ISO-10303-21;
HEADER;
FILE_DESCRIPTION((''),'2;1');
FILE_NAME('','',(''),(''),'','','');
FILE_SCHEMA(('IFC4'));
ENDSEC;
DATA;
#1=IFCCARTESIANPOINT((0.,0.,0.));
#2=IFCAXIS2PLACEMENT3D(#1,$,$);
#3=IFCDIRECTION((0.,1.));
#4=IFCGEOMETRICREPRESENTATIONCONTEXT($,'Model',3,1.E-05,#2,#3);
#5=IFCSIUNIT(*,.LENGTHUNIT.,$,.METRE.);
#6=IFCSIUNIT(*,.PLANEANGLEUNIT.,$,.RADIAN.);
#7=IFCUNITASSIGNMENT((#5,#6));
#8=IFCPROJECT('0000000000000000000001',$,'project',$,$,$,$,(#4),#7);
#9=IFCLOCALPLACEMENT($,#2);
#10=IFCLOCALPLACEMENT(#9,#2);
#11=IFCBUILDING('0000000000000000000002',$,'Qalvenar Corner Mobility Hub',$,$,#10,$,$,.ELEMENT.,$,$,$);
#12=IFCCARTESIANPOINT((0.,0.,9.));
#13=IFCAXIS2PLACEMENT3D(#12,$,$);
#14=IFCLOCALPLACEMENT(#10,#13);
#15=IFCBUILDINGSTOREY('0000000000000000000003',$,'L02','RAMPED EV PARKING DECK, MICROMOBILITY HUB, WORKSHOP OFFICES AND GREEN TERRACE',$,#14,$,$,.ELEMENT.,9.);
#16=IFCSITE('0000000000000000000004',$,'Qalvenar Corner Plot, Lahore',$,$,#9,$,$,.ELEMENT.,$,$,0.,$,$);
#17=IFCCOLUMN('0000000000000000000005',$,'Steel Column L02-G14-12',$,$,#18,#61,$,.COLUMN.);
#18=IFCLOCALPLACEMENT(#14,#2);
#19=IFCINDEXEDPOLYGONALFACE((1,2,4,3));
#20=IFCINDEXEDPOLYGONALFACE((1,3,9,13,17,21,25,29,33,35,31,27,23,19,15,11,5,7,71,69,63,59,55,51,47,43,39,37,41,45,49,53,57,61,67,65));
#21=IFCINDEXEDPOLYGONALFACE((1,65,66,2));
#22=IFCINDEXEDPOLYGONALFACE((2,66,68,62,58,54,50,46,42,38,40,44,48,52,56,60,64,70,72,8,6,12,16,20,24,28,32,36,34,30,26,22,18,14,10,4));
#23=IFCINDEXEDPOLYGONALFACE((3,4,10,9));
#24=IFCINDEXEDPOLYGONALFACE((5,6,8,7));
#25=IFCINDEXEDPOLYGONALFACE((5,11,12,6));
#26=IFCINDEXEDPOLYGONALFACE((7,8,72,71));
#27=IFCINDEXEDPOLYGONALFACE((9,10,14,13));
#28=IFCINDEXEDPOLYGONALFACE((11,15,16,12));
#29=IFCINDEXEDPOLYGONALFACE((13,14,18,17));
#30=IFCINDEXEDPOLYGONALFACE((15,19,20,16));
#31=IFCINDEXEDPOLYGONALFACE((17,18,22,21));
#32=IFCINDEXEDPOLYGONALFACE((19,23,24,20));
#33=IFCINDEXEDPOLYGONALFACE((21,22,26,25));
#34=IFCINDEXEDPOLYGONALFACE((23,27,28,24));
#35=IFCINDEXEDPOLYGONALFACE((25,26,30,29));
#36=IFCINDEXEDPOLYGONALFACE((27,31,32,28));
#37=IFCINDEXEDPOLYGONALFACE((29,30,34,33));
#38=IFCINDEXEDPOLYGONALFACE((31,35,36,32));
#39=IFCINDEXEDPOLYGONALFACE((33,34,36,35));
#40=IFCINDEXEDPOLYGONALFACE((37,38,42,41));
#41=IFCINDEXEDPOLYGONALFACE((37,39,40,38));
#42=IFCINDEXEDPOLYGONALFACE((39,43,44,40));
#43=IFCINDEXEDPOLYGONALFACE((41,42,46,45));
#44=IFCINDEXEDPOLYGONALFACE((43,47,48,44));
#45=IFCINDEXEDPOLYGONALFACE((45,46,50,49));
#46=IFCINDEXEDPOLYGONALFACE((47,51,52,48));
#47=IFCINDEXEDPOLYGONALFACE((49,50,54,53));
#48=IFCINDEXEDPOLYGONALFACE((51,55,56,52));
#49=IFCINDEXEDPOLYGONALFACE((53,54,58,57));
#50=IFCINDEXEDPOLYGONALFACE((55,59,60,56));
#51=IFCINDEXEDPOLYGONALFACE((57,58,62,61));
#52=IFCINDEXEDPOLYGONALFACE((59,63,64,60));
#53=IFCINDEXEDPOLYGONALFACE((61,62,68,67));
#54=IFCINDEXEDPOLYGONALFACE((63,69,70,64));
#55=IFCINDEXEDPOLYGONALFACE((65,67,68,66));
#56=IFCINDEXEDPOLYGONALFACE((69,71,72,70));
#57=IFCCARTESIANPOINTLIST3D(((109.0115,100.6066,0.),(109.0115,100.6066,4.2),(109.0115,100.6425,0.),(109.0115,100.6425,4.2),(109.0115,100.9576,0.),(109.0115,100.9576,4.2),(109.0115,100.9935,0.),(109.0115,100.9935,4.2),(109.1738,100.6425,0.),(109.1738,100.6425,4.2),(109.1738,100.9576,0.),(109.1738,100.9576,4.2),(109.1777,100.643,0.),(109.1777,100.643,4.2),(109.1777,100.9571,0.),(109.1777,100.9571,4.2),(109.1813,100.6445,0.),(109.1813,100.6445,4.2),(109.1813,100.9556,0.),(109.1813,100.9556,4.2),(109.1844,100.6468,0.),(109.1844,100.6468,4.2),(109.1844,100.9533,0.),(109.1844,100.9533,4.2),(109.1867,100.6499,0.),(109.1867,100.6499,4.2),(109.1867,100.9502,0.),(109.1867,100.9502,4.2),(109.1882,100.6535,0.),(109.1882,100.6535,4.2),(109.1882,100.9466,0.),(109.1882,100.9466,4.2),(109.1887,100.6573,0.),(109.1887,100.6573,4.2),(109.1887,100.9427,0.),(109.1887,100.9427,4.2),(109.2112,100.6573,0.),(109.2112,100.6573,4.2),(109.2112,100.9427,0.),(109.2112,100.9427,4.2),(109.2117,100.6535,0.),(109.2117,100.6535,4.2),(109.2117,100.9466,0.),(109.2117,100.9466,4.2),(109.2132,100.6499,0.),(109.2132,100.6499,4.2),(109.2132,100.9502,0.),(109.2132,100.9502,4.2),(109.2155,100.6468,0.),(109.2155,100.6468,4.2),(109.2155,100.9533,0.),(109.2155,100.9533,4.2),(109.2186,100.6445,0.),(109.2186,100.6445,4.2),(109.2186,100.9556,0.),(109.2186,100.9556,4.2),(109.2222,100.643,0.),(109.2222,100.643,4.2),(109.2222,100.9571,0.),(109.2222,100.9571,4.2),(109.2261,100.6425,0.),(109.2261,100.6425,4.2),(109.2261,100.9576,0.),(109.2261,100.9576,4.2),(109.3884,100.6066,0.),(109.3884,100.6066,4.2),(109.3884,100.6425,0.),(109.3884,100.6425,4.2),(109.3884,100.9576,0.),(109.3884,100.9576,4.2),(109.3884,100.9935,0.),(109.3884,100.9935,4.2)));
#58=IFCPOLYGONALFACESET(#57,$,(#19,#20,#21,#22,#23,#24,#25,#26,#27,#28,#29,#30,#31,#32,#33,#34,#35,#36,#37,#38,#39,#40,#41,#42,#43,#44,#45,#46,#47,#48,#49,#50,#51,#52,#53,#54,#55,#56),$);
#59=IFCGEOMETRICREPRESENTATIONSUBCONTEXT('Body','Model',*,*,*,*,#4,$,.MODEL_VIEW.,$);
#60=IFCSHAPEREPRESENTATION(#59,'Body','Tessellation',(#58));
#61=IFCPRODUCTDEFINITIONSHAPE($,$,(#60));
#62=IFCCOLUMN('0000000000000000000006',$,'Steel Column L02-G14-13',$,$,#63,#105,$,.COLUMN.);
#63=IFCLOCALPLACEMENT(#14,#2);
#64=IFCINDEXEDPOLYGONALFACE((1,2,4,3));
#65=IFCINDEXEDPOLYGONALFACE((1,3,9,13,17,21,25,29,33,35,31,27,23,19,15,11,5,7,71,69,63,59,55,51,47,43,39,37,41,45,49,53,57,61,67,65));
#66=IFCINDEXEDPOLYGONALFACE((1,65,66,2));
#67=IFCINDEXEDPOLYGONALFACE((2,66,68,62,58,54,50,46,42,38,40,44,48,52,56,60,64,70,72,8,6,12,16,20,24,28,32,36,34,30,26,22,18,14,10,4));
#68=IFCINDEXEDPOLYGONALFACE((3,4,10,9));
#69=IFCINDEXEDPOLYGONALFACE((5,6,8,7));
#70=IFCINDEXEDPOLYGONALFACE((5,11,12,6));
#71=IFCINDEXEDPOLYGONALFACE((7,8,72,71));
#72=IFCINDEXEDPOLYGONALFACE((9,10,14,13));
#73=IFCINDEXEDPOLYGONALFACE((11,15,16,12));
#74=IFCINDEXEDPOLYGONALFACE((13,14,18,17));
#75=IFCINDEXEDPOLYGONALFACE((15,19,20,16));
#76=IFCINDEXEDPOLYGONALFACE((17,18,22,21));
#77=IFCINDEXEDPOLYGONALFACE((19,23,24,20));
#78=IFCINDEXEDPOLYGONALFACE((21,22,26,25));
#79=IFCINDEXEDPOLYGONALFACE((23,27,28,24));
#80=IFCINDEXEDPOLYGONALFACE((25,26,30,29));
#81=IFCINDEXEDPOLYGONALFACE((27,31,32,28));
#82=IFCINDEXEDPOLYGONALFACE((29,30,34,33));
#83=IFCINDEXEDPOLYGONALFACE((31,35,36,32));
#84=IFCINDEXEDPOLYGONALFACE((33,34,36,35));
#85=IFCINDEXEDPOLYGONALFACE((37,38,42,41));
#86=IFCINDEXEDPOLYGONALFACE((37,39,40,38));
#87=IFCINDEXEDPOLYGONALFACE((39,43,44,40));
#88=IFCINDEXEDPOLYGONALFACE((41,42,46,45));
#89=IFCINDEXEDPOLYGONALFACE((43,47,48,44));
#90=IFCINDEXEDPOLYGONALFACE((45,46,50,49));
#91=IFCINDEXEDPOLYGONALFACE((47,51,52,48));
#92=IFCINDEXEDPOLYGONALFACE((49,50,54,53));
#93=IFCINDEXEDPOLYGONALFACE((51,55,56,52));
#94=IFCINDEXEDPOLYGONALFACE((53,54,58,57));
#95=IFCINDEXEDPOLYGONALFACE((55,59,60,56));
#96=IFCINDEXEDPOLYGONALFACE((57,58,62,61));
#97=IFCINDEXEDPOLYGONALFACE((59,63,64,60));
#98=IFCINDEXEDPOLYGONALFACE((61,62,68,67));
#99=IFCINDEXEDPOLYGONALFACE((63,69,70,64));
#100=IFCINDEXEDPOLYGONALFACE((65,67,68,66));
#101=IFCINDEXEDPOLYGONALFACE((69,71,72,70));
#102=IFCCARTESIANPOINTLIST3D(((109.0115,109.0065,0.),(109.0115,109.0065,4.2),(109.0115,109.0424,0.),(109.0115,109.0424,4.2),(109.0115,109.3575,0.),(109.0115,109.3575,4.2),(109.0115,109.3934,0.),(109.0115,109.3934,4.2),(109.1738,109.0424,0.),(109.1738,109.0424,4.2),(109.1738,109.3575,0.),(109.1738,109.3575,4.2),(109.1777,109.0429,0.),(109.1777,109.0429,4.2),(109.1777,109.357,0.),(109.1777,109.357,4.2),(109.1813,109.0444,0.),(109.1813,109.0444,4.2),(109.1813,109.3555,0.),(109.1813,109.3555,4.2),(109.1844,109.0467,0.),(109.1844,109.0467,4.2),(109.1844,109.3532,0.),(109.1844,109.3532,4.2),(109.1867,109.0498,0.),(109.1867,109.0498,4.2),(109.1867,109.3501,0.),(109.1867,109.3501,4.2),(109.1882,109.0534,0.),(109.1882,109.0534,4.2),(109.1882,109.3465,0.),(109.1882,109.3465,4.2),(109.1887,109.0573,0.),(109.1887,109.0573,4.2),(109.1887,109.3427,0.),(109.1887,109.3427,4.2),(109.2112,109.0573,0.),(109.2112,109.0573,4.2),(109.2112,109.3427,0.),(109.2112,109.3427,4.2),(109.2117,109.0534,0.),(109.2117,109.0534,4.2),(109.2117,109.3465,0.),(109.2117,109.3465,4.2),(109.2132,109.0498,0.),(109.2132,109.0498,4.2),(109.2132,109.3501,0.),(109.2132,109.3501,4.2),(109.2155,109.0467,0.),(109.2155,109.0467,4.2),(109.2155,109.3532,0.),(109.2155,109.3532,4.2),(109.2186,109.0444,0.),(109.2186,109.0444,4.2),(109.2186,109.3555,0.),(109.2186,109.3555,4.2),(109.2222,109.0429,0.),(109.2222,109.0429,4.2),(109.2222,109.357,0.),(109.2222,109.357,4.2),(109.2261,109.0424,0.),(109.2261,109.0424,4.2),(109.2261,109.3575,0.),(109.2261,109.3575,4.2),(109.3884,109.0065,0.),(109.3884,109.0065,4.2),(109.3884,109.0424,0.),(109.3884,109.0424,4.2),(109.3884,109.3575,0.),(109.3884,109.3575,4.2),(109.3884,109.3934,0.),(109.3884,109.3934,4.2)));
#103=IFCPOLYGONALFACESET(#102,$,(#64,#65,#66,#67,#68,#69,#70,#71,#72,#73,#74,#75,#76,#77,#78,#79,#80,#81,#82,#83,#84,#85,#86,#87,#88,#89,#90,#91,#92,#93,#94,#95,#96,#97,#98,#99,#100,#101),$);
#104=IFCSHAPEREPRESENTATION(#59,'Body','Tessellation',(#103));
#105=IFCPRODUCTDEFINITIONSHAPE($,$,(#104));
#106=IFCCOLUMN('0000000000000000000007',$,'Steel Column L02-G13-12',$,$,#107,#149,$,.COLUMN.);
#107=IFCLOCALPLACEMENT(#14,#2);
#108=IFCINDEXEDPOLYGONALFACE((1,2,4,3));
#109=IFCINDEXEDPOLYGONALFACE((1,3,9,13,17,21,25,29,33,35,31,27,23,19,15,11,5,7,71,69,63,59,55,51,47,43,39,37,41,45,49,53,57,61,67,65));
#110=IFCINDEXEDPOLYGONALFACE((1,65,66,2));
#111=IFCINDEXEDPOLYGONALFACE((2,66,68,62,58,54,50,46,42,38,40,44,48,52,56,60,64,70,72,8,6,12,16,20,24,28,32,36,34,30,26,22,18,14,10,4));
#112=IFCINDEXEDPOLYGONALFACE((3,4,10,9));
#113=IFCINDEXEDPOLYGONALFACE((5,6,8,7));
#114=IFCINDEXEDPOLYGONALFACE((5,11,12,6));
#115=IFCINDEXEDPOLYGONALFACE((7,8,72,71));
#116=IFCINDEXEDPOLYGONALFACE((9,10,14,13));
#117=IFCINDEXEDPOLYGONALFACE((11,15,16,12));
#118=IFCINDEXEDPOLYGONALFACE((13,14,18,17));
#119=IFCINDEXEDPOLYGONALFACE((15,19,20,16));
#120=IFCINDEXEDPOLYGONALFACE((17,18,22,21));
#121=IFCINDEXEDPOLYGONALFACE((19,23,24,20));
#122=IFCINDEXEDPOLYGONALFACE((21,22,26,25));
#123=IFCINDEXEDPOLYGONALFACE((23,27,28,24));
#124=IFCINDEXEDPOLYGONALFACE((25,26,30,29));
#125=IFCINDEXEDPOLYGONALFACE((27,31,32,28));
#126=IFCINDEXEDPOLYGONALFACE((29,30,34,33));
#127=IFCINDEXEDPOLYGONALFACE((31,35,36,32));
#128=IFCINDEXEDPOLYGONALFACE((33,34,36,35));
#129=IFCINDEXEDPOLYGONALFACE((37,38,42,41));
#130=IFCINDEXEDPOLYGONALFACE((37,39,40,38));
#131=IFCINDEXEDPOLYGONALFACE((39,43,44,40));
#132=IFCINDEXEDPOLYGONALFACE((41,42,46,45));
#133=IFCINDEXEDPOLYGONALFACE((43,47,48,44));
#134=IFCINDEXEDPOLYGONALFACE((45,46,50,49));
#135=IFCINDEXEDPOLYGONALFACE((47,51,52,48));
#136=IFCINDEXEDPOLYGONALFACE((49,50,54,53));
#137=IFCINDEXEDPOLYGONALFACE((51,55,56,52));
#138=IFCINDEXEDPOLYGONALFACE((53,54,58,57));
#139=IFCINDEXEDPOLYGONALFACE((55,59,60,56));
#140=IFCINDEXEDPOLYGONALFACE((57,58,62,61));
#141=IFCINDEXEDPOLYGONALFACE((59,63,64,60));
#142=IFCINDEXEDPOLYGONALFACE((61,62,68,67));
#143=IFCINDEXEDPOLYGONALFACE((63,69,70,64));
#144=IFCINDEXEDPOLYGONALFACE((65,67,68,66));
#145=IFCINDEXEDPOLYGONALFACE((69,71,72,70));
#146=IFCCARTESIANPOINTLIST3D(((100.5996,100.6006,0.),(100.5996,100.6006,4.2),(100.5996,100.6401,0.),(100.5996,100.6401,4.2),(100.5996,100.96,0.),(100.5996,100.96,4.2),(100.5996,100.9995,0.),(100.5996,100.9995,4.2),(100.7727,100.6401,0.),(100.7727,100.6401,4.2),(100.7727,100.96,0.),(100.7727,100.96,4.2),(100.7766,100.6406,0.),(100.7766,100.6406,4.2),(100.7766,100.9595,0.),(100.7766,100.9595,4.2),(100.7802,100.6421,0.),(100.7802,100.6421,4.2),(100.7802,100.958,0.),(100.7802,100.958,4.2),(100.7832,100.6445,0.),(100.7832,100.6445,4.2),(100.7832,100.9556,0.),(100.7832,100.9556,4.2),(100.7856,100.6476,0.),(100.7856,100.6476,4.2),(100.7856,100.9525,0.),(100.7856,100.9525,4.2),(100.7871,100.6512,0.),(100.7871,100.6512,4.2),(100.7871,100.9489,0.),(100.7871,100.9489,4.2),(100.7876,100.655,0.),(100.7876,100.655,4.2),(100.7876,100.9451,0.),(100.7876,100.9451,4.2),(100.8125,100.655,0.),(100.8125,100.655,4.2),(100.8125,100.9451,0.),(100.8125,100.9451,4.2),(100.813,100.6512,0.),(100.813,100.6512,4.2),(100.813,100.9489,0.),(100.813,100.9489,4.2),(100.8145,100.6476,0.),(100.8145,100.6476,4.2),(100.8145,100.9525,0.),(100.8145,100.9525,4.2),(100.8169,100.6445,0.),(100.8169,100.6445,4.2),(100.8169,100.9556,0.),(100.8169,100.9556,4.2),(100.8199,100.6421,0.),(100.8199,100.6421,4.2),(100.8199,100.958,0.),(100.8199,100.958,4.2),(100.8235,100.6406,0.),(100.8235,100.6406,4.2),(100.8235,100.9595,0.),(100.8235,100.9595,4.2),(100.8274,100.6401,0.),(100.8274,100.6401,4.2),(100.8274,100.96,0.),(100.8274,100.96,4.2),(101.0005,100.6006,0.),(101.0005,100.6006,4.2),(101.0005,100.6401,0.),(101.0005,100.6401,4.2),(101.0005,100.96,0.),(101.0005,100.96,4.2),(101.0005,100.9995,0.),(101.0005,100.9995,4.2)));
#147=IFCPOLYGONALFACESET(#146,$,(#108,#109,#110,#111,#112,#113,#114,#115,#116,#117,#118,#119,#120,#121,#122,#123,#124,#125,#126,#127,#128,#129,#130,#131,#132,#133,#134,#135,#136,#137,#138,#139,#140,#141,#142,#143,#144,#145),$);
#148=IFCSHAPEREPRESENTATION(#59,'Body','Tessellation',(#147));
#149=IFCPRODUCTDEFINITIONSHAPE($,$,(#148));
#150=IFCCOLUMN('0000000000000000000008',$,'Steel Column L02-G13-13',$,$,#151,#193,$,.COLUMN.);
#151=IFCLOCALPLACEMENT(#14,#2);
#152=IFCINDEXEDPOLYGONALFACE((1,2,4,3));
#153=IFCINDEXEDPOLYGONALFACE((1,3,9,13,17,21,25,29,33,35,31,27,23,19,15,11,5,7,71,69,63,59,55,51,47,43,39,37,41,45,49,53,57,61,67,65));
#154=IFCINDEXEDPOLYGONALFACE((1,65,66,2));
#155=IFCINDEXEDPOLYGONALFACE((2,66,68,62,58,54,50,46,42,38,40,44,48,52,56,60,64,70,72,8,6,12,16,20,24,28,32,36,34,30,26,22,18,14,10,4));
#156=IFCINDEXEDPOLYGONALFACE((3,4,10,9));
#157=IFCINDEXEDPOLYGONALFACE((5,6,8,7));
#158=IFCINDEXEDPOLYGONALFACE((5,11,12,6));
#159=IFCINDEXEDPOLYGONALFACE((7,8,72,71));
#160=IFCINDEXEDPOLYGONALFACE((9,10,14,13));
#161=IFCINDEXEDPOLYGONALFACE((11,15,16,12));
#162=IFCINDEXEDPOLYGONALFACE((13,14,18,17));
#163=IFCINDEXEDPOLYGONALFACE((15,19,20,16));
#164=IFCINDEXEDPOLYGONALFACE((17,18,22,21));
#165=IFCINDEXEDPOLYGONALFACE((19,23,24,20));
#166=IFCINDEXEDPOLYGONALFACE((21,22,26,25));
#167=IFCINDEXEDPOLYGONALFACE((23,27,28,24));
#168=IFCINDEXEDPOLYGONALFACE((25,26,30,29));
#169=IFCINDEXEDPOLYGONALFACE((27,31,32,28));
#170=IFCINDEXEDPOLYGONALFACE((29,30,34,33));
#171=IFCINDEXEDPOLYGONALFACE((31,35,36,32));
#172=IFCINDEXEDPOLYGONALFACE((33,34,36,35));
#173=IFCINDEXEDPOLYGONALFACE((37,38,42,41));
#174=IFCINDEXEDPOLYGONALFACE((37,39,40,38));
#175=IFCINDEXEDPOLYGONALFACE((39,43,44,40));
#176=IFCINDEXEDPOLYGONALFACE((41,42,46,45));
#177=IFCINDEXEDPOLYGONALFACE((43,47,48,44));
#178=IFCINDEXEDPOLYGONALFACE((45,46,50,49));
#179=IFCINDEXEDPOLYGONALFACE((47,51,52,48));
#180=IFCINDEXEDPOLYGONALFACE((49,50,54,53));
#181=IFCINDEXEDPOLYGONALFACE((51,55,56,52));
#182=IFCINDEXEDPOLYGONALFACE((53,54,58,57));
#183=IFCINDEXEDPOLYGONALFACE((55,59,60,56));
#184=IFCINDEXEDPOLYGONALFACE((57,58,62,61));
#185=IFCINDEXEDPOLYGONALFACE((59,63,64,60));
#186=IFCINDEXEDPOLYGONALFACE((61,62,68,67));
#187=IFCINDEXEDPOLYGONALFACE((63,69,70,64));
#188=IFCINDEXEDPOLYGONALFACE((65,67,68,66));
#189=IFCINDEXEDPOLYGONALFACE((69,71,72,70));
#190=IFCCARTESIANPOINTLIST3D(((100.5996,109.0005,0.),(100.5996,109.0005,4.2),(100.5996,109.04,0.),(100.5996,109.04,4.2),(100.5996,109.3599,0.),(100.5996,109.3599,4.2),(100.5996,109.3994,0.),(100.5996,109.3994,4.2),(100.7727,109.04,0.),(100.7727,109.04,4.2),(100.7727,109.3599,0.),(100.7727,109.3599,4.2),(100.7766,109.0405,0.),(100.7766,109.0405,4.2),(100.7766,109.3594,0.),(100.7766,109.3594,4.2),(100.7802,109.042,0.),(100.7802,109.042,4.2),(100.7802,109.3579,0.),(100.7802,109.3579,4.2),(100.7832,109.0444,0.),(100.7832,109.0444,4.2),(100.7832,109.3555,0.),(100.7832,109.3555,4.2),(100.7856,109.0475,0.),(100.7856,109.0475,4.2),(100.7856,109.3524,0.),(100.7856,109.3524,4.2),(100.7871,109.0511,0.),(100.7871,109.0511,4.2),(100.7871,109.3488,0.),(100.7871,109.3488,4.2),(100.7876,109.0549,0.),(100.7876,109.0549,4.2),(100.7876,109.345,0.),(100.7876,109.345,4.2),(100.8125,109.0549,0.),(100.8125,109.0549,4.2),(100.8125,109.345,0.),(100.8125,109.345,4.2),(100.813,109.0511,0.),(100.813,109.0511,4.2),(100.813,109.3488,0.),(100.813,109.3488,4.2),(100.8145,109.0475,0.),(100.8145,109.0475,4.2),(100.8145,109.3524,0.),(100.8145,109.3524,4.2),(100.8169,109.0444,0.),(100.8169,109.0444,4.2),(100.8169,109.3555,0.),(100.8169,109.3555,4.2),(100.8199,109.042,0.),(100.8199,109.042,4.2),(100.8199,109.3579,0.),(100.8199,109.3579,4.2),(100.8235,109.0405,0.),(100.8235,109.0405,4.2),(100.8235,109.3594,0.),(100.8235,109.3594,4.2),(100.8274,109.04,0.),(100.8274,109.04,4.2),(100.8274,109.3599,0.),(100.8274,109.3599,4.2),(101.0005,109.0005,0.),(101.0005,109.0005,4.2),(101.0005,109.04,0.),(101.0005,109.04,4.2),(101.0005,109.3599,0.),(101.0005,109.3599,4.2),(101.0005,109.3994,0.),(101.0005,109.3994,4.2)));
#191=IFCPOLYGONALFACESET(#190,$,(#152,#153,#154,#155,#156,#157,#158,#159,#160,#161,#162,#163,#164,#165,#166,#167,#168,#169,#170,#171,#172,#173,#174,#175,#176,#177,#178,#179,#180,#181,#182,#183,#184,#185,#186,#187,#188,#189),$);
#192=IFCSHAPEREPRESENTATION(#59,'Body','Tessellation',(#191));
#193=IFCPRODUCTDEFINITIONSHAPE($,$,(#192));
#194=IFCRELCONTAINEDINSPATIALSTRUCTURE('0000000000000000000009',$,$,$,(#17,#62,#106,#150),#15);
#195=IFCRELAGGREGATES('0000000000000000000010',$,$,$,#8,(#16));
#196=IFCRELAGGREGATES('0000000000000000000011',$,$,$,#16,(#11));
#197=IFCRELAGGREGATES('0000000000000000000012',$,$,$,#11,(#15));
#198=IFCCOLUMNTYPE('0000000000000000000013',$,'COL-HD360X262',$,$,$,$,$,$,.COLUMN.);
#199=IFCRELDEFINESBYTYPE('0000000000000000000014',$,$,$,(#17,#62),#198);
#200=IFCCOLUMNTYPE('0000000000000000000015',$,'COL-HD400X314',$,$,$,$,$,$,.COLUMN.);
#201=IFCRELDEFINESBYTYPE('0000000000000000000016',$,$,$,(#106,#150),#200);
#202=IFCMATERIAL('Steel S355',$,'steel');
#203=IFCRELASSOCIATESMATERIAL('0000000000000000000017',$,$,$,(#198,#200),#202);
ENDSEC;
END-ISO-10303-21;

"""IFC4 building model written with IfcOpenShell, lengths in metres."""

from ifc_helpers import new_model, si_unit, direction, frame, origin, origin_2d, place, context, subcontext, project, spatial, i_section, extrude, material, material_profile, profile_set, type_object, element, save


model = new_model("IFC4")

# Units and contexts
model_context = context("Model", 3, precision=1e-05, world=origin(), true_north=direction((0.0, 1.0)))
body_context = subcontext(model_context, "Body", "Model", "MODEL_VIEW")
ifc_project = project(units=[si_unit("LENGTHUNIT", "METRE"), si_unit("PLANEANGLEUNIT", "RADIAN")], contexts=[model_context])

# Site, building, storey
site_placement = place(None, origin())
site = spatial("IfcSite", under=ifc_project, at=site_placement, Name="Qalvenar Corner Plot, Lahore", CompositionType="ELEMENT", RefElevation=0.0)
building_placement = place(site_placement, origin())
building = spatial("IfcBuilding", under=site, at=building_placement, Name="Qalvenar Corner Mobility Hub", CompositionType="ELEMENT")
storey_placement = place(building_placement, frame((0.0, 0.0, 9.0)))
storey = spatial("IfcBuildingStorey", under=building, at=storey_placement, Name="L02", Description="RAMPED EV PARKING DECK, MICROMOBILITY HUB, WORKSHOP OFFICES AND GREEN TERRACE", CompositionType="ELEMENT", Elevation=9.0)

# Columns
ifc_material = material(Name="Steel S355", Category="steel")
ifc_material_profile_1 = material_profile(ifc_material, i_section(OverallWidth=0.377, OverallDepth=0.387, WebThickness=0.0225, FlangeThickness=0.0359, FilletRadius=0.0149, at=origin_2d()), Name="HD360x262")
ifc_profile_set_1 = profile_set([ifc_material_profile_1], Name="Steel S355")
column_type_1 = type_object("IfcColumnType", Name="COL-HD360X262", PredefinedType="COLUMN", material=ifc_profile_set_1)
for number, where, z_axis, x_axis, name in (
    (1, (109.2, 100.8, 0.0), (0.0, 0.0, 1.0), (1.0, 0.0, 0.0), "Steel Column L02-G14-12"),
    (2, (109.2, 109.2, 0.0), (0.0, 0.0, 1.0), (1.0, 0.0, 0.0), "Steel Column L02-G14-13"),
):
    element("IfcColumn", number, at=place(storey_placement, frame(where, z_axis=z_axis, x_axis=x_axis)), inside=storey, type_object=column_type_1, Name=name, PredefinedType="COLUMN", context=body_context, shape_type="SweptSolid", body=[
        extrude(i_section(OverallWidth=0.377, OverallDepth=0.387, WebThickness=0.0225, FlangeThickness=0.0359, FilletRadius=0.0149, at=origin_2d()), origin(), (0.0, 0.0, 1.0), 4.2),
    ])
ifc_material_profile_2 = material_profile(ifc_material, i_section(OverallWidth=0.4009, OverallDepth=0.3989, WebThickness=0.0249, FlangeThickness=0.0396, FilletRadius=0.0149, at=origin_2d()), Name="HD400x314")
ifc_profile_set_2 = profile_set([ifc_material_profile_2], Name="Steel S355")
column_type_2 = type_object("IfcColumnType", Name="COL-HD400X314", PredefinedType="COLUMN", material=ifc_profile_set_2)
for number, where, z_axis, x_axis, name in (
    (3, (100.8, 100.8, 0.0), (0.0, 0.0, 1.0), (1.0, 0.0, 0.0), "Steel Column L02-G13-12"),
    (4, (100.8, 109.2, 0.0), (0.0, 0.0, 1.0), (1.0, 0.0, 0.0), "Steel Column L02-G13-13"),
):
    element("IfcColumn", number, at=place(storey_placement, frame(where, z_axis=z_axis, x_axis=x_axis)), inside=storey, type_object=column_type_2, Name=name, PredefinedType="COLUMN", context=body_context, shape_type="SweptSolid", body=[
        extrude(i_section(OverallWidth=0.4009, OverallDepth=0.3989, WebThickness=0.0249, FlangeThickness=0.0396, FilletRadius=0.0149, at=origin_2d()), origin(), (0.0, 0.0, 1.0), 4.2),
    ])

save(model, "model.ifc")
